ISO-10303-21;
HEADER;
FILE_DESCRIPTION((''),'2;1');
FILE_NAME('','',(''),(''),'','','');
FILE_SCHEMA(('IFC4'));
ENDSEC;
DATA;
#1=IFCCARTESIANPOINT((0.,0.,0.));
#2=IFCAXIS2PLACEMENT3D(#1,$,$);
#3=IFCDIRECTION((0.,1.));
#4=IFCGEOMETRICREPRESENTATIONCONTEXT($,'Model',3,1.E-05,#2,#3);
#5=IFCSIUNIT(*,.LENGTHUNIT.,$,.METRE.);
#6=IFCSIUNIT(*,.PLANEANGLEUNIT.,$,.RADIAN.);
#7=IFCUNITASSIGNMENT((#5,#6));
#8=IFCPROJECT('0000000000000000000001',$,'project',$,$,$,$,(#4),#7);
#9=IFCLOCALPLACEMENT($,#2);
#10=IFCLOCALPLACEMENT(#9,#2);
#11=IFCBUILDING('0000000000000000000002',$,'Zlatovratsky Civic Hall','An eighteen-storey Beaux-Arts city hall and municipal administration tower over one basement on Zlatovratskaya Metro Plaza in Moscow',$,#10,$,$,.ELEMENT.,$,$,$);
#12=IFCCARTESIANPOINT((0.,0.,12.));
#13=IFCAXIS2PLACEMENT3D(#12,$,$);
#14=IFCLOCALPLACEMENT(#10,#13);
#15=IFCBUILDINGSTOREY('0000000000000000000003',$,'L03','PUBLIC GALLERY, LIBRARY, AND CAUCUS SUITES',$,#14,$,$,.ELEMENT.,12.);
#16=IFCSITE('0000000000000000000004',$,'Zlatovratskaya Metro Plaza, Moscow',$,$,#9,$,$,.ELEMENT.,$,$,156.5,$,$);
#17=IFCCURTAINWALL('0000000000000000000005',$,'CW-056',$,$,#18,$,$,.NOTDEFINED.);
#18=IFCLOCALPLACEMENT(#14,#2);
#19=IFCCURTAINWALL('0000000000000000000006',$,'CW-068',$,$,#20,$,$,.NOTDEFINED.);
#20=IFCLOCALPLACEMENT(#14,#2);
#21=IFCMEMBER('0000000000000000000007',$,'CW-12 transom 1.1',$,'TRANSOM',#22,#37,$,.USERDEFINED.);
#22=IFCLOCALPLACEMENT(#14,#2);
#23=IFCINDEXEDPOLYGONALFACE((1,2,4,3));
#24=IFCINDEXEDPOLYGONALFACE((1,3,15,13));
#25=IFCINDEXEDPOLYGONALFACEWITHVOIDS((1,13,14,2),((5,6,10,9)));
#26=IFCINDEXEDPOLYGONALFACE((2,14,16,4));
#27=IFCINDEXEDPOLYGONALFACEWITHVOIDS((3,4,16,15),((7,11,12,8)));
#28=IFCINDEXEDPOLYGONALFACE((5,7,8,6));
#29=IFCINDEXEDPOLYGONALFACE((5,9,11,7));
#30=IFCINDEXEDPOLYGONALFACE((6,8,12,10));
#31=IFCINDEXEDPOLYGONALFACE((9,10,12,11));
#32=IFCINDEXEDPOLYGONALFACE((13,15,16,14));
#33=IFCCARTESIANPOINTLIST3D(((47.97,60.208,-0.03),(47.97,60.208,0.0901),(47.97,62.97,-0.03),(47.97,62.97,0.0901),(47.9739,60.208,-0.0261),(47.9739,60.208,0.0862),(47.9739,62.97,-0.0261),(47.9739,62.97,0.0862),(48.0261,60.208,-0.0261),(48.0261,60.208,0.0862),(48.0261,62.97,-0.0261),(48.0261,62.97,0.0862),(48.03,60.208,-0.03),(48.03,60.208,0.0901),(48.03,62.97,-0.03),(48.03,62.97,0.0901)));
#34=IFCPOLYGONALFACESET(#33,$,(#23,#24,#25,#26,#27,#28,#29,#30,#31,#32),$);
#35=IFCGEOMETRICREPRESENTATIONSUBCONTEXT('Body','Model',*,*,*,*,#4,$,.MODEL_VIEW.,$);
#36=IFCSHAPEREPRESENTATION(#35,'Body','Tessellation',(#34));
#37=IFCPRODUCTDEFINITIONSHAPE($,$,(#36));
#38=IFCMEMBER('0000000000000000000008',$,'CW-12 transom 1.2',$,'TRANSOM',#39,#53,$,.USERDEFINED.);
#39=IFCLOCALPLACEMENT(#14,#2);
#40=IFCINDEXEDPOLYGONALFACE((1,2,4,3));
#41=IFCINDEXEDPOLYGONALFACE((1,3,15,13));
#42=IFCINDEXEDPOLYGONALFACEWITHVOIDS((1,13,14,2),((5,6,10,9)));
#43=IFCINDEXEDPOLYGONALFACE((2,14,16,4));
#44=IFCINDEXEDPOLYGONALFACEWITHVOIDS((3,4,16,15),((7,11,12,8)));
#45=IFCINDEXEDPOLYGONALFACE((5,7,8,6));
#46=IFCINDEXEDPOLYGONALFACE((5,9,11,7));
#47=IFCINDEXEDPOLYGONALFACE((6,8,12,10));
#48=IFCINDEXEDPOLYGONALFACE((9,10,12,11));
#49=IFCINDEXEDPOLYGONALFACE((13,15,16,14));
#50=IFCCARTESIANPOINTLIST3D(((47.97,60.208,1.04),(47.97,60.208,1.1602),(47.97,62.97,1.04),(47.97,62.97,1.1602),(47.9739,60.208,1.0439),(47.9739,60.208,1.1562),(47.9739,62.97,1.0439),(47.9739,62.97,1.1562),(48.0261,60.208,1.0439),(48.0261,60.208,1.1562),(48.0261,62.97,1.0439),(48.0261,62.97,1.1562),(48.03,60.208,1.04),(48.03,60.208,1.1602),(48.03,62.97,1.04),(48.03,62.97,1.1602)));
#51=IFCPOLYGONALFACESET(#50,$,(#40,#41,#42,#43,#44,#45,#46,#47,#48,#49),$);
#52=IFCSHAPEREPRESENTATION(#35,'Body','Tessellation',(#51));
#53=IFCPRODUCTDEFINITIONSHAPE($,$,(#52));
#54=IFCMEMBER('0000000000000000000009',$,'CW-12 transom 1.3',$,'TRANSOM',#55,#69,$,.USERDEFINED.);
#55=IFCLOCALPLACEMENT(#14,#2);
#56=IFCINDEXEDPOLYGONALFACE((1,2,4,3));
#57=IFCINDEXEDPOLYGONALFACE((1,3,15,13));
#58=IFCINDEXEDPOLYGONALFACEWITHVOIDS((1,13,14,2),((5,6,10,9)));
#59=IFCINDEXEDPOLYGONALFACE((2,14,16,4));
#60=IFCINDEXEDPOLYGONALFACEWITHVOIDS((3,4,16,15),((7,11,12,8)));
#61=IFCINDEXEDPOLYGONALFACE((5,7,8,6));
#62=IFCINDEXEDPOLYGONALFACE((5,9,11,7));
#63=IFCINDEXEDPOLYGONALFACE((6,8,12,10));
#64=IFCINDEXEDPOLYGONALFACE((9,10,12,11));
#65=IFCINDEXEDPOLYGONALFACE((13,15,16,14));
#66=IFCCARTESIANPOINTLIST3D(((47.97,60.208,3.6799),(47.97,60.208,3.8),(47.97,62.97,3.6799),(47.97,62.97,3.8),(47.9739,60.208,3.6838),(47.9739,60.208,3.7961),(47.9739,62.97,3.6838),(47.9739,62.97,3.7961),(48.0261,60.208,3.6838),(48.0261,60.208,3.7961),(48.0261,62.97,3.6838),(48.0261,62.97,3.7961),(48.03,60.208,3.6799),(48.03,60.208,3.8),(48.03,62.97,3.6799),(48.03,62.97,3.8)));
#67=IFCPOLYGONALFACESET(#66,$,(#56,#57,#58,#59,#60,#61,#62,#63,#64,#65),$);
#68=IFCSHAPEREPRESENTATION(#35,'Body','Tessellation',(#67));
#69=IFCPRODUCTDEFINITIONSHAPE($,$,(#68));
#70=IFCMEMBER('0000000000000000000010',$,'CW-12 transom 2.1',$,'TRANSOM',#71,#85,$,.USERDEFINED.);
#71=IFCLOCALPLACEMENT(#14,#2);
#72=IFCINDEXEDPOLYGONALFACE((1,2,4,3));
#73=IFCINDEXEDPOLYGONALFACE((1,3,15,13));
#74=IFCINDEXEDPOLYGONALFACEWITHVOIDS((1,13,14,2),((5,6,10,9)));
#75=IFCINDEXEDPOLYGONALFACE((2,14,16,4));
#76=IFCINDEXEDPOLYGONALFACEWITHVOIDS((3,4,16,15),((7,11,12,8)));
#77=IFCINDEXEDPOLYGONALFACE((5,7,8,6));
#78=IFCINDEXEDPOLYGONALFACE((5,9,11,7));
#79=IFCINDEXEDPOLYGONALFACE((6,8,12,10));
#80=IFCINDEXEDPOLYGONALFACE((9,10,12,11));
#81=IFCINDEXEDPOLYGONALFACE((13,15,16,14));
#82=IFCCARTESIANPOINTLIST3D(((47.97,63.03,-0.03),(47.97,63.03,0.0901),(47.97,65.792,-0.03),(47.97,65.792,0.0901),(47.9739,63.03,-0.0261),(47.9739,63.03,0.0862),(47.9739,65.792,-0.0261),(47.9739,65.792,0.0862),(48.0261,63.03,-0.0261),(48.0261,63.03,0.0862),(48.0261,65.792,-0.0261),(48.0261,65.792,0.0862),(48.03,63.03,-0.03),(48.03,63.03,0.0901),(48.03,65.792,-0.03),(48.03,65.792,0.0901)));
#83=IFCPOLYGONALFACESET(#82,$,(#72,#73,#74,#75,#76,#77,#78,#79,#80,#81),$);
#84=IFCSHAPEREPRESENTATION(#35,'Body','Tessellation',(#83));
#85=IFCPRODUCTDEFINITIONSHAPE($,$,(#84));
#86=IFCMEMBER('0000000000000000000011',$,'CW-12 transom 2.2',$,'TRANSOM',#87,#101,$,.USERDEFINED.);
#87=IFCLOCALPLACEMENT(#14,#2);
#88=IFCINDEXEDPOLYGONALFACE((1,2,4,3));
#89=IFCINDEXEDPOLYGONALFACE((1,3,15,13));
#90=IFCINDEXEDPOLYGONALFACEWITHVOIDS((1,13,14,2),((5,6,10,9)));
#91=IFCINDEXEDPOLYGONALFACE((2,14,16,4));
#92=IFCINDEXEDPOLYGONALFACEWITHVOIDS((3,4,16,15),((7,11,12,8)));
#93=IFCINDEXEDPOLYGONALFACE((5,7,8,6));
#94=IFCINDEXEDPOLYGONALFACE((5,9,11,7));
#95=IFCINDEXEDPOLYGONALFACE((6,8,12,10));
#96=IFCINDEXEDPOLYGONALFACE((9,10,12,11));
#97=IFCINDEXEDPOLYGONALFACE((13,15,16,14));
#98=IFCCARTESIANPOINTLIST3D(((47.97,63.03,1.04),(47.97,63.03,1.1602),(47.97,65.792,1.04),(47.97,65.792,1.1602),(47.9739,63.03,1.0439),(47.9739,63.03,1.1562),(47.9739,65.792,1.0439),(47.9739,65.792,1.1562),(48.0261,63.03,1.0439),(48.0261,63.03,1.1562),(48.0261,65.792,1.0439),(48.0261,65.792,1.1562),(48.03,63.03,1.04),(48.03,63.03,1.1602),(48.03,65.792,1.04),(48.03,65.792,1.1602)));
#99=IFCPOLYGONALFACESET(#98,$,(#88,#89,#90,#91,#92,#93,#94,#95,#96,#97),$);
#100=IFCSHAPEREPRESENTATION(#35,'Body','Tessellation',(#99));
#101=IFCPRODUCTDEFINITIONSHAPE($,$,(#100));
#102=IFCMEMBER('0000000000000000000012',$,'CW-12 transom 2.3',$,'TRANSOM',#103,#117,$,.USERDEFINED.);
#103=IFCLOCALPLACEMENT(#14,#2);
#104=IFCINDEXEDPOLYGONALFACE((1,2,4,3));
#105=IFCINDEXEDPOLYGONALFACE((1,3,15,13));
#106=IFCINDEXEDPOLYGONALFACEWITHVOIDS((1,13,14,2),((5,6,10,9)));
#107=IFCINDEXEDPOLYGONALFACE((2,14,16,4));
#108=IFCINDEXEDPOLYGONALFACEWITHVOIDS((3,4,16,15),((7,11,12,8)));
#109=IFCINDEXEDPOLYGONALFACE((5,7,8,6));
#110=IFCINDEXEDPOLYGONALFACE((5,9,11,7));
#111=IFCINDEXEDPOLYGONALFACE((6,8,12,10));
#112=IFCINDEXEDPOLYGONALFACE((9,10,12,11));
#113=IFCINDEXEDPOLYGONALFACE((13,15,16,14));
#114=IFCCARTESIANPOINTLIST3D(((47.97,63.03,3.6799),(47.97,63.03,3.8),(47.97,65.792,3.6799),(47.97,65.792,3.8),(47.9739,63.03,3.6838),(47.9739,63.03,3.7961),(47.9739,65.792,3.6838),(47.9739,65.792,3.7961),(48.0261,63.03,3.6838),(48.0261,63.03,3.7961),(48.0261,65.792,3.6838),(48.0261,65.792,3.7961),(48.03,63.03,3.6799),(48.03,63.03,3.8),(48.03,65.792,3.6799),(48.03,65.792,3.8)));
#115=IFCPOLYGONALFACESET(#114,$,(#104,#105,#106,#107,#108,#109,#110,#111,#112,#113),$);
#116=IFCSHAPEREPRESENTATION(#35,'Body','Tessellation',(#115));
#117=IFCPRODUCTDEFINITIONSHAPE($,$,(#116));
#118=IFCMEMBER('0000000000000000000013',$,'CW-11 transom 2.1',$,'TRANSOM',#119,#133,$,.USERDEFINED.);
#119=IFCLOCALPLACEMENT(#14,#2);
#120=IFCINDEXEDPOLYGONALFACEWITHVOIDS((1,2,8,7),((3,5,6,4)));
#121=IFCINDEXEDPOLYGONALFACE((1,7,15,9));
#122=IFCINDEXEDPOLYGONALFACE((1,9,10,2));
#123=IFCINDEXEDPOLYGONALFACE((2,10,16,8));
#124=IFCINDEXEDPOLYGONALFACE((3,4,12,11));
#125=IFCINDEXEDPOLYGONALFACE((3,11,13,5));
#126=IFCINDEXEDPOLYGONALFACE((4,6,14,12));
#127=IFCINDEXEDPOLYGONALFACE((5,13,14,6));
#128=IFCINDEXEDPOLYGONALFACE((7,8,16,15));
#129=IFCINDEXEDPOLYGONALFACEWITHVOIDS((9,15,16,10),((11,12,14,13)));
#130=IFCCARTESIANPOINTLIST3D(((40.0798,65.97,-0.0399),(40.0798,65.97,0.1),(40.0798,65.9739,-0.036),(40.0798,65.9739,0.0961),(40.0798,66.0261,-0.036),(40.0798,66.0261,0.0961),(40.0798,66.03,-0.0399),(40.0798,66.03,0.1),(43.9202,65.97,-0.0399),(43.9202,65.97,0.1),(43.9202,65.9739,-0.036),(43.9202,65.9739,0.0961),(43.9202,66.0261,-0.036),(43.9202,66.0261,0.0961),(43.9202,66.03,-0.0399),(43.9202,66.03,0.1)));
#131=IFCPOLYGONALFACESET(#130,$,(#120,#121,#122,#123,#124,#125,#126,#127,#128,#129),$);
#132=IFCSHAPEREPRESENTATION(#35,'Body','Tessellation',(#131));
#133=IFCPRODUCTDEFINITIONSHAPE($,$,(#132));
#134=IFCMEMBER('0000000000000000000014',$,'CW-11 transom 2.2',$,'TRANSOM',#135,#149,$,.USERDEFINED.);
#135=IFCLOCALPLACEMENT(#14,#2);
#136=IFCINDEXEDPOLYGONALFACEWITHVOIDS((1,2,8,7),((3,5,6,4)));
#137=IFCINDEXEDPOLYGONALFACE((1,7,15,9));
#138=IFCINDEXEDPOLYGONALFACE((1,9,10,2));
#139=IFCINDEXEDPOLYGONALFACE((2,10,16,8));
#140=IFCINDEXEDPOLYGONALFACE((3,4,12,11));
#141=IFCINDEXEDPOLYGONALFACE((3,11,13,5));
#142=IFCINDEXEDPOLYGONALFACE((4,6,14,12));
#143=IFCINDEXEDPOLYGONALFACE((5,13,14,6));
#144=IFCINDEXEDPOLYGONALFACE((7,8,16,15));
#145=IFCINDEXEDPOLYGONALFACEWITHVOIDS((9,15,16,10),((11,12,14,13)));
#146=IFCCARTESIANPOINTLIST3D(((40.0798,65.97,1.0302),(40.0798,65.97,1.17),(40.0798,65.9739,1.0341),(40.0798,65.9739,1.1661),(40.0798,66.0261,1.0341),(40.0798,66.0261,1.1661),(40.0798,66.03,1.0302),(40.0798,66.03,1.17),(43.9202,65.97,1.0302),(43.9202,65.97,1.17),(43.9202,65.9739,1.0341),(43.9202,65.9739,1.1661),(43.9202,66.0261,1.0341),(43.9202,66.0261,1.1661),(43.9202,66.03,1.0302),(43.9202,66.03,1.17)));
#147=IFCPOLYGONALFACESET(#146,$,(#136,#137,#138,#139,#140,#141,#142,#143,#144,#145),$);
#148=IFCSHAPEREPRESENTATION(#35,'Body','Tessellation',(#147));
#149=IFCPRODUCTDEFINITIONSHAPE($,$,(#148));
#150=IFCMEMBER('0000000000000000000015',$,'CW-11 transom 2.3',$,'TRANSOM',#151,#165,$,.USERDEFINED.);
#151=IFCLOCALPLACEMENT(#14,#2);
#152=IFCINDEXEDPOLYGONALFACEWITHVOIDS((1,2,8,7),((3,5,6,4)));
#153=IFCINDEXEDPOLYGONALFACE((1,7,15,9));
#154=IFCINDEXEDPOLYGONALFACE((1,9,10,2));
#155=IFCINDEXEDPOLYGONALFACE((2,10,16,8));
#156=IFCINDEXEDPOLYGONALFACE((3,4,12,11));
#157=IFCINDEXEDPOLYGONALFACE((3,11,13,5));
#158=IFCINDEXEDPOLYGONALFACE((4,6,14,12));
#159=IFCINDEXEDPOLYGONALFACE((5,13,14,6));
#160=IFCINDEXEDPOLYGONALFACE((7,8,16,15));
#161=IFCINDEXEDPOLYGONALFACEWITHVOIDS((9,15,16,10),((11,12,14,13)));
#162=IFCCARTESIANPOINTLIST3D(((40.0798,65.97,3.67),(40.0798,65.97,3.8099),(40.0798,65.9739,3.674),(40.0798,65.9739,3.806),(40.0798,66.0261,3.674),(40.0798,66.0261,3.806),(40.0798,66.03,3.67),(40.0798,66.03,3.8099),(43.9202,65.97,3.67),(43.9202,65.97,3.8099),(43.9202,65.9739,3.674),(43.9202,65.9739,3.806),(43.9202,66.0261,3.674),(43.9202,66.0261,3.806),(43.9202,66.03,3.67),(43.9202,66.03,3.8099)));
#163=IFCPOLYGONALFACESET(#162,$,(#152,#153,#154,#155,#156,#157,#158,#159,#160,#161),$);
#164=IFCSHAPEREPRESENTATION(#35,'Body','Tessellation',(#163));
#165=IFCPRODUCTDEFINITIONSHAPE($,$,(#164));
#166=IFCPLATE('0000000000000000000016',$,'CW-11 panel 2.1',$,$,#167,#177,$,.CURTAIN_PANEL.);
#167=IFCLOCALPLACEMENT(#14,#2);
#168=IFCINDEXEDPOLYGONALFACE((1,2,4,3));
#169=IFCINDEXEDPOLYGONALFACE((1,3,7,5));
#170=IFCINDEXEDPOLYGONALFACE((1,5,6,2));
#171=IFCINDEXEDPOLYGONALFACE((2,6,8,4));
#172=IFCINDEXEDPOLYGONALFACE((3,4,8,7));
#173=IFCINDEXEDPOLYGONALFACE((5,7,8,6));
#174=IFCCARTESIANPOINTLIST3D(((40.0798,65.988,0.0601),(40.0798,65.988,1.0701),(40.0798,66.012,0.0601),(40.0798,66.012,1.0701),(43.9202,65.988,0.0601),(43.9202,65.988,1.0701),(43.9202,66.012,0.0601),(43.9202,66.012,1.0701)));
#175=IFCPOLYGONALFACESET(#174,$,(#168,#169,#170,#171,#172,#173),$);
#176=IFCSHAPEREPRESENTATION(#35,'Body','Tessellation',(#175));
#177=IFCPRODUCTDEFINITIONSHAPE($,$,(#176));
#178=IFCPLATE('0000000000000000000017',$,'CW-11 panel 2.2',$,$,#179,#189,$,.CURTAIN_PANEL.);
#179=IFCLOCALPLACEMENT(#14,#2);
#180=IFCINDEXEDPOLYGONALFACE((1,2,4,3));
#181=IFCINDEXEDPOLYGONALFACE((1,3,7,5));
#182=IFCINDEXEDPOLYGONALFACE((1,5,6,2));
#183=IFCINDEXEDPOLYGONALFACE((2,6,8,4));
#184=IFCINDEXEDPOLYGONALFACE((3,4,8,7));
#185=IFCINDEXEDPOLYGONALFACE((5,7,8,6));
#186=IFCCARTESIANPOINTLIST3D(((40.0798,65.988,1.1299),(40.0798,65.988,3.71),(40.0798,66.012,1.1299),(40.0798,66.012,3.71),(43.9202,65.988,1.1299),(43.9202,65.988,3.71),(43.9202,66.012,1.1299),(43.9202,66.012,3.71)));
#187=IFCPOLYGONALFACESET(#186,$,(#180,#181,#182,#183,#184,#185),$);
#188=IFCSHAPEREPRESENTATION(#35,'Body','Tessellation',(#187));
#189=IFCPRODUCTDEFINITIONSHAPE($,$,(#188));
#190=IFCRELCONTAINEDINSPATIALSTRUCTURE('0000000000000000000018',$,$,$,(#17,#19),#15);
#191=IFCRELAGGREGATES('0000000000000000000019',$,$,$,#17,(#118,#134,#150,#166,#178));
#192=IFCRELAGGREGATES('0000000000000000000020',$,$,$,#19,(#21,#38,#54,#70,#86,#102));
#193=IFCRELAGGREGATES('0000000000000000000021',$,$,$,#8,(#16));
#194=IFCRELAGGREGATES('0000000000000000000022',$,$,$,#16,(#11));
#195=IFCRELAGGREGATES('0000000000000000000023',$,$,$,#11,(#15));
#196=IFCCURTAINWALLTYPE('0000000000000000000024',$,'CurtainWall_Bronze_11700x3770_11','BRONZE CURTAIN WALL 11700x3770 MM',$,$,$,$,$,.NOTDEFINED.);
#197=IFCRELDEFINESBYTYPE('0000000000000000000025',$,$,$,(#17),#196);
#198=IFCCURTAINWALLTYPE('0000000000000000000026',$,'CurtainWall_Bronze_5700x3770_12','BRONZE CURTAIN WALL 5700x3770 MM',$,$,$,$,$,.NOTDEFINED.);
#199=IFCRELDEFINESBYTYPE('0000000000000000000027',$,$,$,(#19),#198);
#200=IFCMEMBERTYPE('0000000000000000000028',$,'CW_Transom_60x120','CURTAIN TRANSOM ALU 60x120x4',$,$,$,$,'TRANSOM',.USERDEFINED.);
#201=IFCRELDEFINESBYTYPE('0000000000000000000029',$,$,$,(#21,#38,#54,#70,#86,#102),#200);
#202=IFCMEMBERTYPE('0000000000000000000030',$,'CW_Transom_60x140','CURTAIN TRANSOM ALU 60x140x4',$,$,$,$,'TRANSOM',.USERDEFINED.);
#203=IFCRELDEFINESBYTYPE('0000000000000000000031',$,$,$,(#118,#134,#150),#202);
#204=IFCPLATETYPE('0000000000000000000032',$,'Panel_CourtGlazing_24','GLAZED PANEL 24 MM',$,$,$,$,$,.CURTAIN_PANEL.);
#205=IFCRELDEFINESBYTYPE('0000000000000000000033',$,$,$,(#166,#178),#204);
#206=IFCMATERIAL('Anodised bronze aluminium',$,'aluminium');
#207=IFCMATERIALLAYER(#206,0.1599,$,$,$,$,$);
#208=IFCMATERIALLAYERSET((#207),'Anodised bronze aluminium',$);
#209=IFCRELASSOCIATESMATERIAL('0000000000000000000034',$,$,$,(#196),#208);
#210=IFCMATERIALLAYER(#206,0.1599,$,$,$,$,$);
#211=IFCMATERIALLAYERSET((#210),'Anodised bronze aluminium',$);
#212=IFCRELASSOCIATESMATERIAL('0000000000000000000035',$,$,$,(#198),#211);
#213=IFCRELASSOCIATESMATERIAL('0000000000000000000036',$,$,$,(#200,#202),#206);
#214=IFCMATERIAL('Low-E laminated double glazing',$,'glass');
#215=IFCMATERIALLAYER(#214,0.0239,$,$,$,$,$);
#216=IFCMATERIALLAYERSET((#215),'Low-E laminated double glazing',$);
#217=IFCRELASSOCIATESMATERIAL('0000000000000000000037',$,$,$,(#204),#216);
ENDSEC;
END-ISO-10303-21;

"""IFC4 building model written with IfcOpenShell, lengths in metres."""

from ifc_helpers import new_model, si_unit, direction, frame, origin, origin_2d, place, context, subcontext, project, spatial, rectangle, hollow_rectangle, extrude, material, layer, layer_set, material_profile, profile_set, type_object, element, aggregate, save


model = new_model("IFC4")

# Units and contexts
model_context = context("Model", 3, precision=1e-05, world=origin(), true_north=direction((0.0, 1.0)))
body_context = subcontext(model_context, "Body", "Model", "MODEL_VIEW")
ifc_project = project(units=[si_unit("LENGTHUNIT", "METRE"), si_unit("PLANEANGLEUNIT", "RADIAN")], contexts=[model_context])

# Site, building, storey
site_placement = place(None, origin())
site = spatial("IfcSite", under=ifc_project, at=site_placement, Name="Zlatovratskaya Metro Plaza, Moscow", CompositionType="ELEMENT", RefElevation=156.5)
building_placement = place(site_placement, origin())
building = spatial("IfcBuilding", under=site, at=building_placement, Name="Zlatovratsky Civic Hall", Description="An eighteen-storey Beaux-Arts city hall and municipal administration tower over one basement on Zlatovratskaya Metro Plaza in Moscow", CompositionType="ELEMENT")
storey_placement = place(building_placement, frame((0.0, 0.0, 12.0)))
storey = spatial("IfcBuildingStorey", under=building, at=storey_placement, Name="L03", Description="PUBLIC GALLERY, LIBRARY, AND CAUCUS SUITES", CompositionType="ELEMENT", Elevation=12.0)

# Curtain wall
ifc_material_1 = material(Name="Anodised bronze aluminium", Category="aluminium")
ifc_layer_1 = layer(ifc_material_1, 0.1599)
ifc_layer_set_1 = layer_set([ifc_layer_1], Name="Anodised bronze aluminium")
curtain_wall_type_1 = type_object("IfcCurtainWallType", Name="CurtainWall_Bronze_11700x3770_11", Description="BRONZE CURTAIN WALL 11700x3770 MM", PredefinedType="NOTDEFINED", material=ifc_layer_set_1)
curtain_wall_1_placement = place(storey_placement, origin())
curtain_wall_1 = element("IfcCurtainWall", 1, at=curtain_wall_1_placement, inside=storey, type_object=curtain_wall_type_1, Name="CW-056", PredefinedType="NOTDEFINED")
ifc_layer_2 = layer(ifc_material_1, 0.1599)
ifc_layer_set_2 = layer_set([ifc_layer_2], Name="Anodised bronze aluminium")
curtain_wall_type_2 = type_object("IfcCurtainWallType", Name="CurtainWall_Bronze_5700x3770_12", Description="BRONZE CURTAIN WALL 5700x3770 MM", PredefinedType="NOTDEFINED", material=ifc_layer_set_2)

# Curtain wall
curtain_wall_2_placement = place(storey_placement, origin())
curtain_wall_2 = element("IfcCurtainWall", 2, at=curtain_wall_2_placement, inside=storey, type_object=curtain_wall_type_2, Name="CW-068", PredefinedType="NOTDEFINED")

# Members
ifc_material_profile_1 = material_profile(ifc_material_1, hollow_rectangle(XDim=0.0601, YDim=0.1201, WallThickness=0.0039, at=origin_2d()), Name="ALU 60x120x4")
ifc_profile_set_1 = profile_set([ifc_material_profile_1], Name="Anodised bronze aluminium")
member_type_1 = type_object("IfcMemberType", Name="CW_Transom_60x120", Description="CURTAIN TRANSOM ALU 60x120x4", ElementType="TRANSOM", PredefinedType="USERDEFINED", material=ifc_profile_set_1)
member_1_placement = place(storey_placement, frame((48.0, 60.208, 0.03), z_axis=(0.0, 1.0, 0.0), x_axis=(-1.0, 0.0, 0.0)))
member_1 = element("IfcMember", 3, at=member_1_placement, type_object=member_type_1, Name="CW-12 transom 1.1", ObjectType="TRANSOM", PredefinedType="USERDEFINED", context=body_context, shape_type="SweptSolid", body=[
    extrude(hollow_rectangle(XDim=0.0601, YDim=0.1201, WallThickness=0.0039, at=origin_2d()), origin(), (0.0, 0.0, 1.0), 2.762),
])
member_2_placement = place(storey_placement, frame((48.0, 60.208, 1.1001), z_axis=(0.0, 1.0, 0.0), x_axis=(-1.0, 0.0, 0.0)))
member_2 = element("IfcMember", 4, at=member_2_placement, type_object=member_type_1, Name="CW-12 transom 1.2", ObjectType="TRANSOM", PredefinedType="USERDEFINED", context=body_context, shape_type="SweptSolid", body=[
    extrude(hollow_rectangle(XDim=0.0601, YDim=0.1201, WallThickness=0.0039, at=origin_2d()), origin(), (0.0, 0.0, 1.0), 2.762),
])
member_3_placement = place(storey_placement, frame((48.0, 60.208, 3.74), z_axis=(0.0, 1.0, 0.0), x_axis=(-1.0, 0.0, 0.0)))
member_3 = element("IfcMember", 5, at=member_3_placement, type_object=member_type_1, Name="CW-12 transom 1.3", ObjectType="TRANSOM", PredefinedType="USERDEFINED", context=body_context, shape_type="SweptSolid", body=[
    extrude(hollow_rectangle(XDim=0.0601, YDim=0.1201, WallThickness=0.0039, at=origin_2d()), origin(), (0.0, 0.0, 1.0), 2.762),
])
member_4_placement = place(storey_placement, frame((48.0, 63.03, 0.03), z_axis=(0.0, 1.0, 0.0), x_axis=(-1.0, 0.0, 0.0)))
member_4 = element("IfcMember", 6, at=member_4_placement, type_object=member_type_1, Name="CW-12 transom 2.1", ObjectType="TRANSOM", PredefinedType="USERDEFINED", context=body_context, shape_type="SweptSolid", body=[
    extrude(hollow_rectangle(XDim=0.0601, YDim=0.1201, WallThickness=0.0039, at=origin_2d()), origin(), (0.0, 0.0, 1.0), 2.762),
])
member_5_placement = place(storey_placement, frame((48.0, 63.03, 1.1001), z_axis=(0.0, 1.0, 0.0), x_axis=(-1.0, 0.0, 0.0)))
member_5 = element("IfcMember", 7, at=member_5_placement, type_object=member_type_1, Name="CW-12 transom 2.2", ObjectType="TRANSOM", PredefinedType="USERDEFINED", context=body_context, shape_type="SweptSolid", body=[
    extrude(hollow_rectangle(XDim=0.0601, YDim=0.1201, WallThickness=0.0039, at=origin_2d()), origin(), (0.0, 0.0, 1.0), 2.762),
])
member_6_placement = place(storey_placement, frame((48.0, 63.03, 3.74), z_axis=(0.0, 1.0, 0.0), x_axis=(-1.0, 0.0, 0.0)))
member_6 = element("IfcMember", 8, at=member_6_placement, type_object=member_type_1, Name="CW-12 transom 2.3", ObjectType="TRANSOM", PredefinedType="USERDEFINED", context=body_context, shape_type="SweptSolid", body=[
    extrude(hollow_rectangle(XDim=0.0601, YDim=0.1201, WallThickness=0.0039, at=origin_2d()), origin(), (0.0, 0.0, 1.0), 2.762),
])
ifc_material_profile_2 = material_profile(ifc_material_1, hollow_rectangle(XDim=0.0601, YDim=0.1399, WallThickness=0.0039, at=origin_2d()), Name="ALU 60x140x4")
ifc_profile_set_2 = profile_set([ifc_material_profile_2], Name="Anodised bronze aluminium")
member_type_2 = type_object("IfcMemberType", Name="CW_Transom_60x140", Description="CURTAIN TRANSOM ALU 60x140x4", ElementType="TRANSOM", PredefinedType="USERDEFINED", material=ifc_profile_set_2)
member_7_placement = place(storey_placement, frame((40.0798, 66.0, 0.03), z_axis=(1.0, 0.0, 0.0), x_axis=(0.0, 1.0, 0.0)))
member_7 = element("IfcMember", 9, at=member_7_placement, type_object=member_type_2, Name="CW-11 transom 2.1", ObjectType="TRANSOM", PredefinedType="USERDEFINED", context=body_context, shape_type="SweptSolid", body=[
    extrude(hollow_rectangle(XDim=0.0601, YDim=0.1399, WallThickness=0.0039, at=origin_2d()), origin(), (0.0, 0.0, 1.0), 3.8403),
])
member_8_placement = place(storey_placement, frame((40.0798, 66.0, 1.1001), z_axis=(1.0, 0.0, 0.0), x_axis=(0.0, 1.0, 0.0)))
member_8 = element("IfcMember", 10, at=member_8_placement, type_object=member_type_2, Name="CW-11 transom 2.2", ObjectType="TRANSOM", PredefinedType="USERDEFINED", context=body_context, shape_type="SweptSolid", body=[
    extrude(hollow_rectangle(XDim=0.0601, YDim=0.1399, WallThickness=0.0039, at=origin_2d()), origin(), (0.0, 0.0, 1.0), 3.8403),
])
member_9_placement = place(storey_placement, frame((40.0798, 66.0, 3.74), z_axis=(1.0, 0.0, 0.0), x_axis=(0.0, 1.0, 0.0)))
member_9 = element("IfcMember", 11, at=member_9_placement, type_object=member_type_2, Name="CW-11 transom 2.3", ObjectType="TRANSOM", PredefinedType="USERDEFINED", context=body_context, shape_type="SweptSolid", body=[
    extrude(hollow_rectangle(XDim=0.0601, YDim=0.1399, WallThickness=0.0039, at=origin_2d()), origin(), (0.0, 0.0, 1.0), 3.8403),
])

# Plates
ifc_material_2 = material(Name="Low-E laminated double glazing", Category="glass")
ifc_layer_3 = layer(ifc_material_2, 0.0239)
ifc_layer_set_3 = layer_set([ifc_layer_3], Name="Low-E laminated double glazing")
plate_type = type_object("IfcPlateType", Name="Panel_CourtGlazing_24", Description="GLAZED PANEL 24 MM", PredefinedType="CURTAIN_PANEL", material=ifc_layer_set_3)
plate_1_placement = place(storey_placement, frame((42.0, 66.0, 0.0601), z_axis=(0.0, 0.0, 1.0), x_axis=(1.0, 0.0, 0.0)))
plate_1 = element("IfcPlate", 12, at=plate_1_placement, type_object=plate_type, Name="CW-11 panel 2.1", PredefinedType="CURTAIN_PANEL", context=body_context, shape_type="SweptSolid", body=[
    extrude(rectangle(XDim=3.8403, YDim=0.0239, at=origin_2d()), origin(), (0.0, 0.0, 1.0), 1.01),
])
plate_2_placement = place(storey_placement, frame((42.0, 66.0, 1.1299), z_axis=(0.0, 0.0, 1.0), x_axis=(1.0, 0.0, 0.0)))
plate_2 = element("IfcPlate", 13, at=plate_2_placement, type_object=plate_type, Name="CW-11 panel 2.2", PredefinedType="CURTAIN_PANEL", context=body_context, shape_type="SweptSolid", body=[
    extrude(rectangle(XDim=3.8403, YDim=0.0239, at=origin_2d()), origin(), (0.0, 0.0, 1.0), 2.5801),
])
aggregate(curtain_wall_1, [member_7, member_8, member_9, plate_1, plate_2])
aggregate(curtain_wall_2, [member_1, member_2, member_3, member_4, member_5, member_6])

save(model, "model.ifc")
